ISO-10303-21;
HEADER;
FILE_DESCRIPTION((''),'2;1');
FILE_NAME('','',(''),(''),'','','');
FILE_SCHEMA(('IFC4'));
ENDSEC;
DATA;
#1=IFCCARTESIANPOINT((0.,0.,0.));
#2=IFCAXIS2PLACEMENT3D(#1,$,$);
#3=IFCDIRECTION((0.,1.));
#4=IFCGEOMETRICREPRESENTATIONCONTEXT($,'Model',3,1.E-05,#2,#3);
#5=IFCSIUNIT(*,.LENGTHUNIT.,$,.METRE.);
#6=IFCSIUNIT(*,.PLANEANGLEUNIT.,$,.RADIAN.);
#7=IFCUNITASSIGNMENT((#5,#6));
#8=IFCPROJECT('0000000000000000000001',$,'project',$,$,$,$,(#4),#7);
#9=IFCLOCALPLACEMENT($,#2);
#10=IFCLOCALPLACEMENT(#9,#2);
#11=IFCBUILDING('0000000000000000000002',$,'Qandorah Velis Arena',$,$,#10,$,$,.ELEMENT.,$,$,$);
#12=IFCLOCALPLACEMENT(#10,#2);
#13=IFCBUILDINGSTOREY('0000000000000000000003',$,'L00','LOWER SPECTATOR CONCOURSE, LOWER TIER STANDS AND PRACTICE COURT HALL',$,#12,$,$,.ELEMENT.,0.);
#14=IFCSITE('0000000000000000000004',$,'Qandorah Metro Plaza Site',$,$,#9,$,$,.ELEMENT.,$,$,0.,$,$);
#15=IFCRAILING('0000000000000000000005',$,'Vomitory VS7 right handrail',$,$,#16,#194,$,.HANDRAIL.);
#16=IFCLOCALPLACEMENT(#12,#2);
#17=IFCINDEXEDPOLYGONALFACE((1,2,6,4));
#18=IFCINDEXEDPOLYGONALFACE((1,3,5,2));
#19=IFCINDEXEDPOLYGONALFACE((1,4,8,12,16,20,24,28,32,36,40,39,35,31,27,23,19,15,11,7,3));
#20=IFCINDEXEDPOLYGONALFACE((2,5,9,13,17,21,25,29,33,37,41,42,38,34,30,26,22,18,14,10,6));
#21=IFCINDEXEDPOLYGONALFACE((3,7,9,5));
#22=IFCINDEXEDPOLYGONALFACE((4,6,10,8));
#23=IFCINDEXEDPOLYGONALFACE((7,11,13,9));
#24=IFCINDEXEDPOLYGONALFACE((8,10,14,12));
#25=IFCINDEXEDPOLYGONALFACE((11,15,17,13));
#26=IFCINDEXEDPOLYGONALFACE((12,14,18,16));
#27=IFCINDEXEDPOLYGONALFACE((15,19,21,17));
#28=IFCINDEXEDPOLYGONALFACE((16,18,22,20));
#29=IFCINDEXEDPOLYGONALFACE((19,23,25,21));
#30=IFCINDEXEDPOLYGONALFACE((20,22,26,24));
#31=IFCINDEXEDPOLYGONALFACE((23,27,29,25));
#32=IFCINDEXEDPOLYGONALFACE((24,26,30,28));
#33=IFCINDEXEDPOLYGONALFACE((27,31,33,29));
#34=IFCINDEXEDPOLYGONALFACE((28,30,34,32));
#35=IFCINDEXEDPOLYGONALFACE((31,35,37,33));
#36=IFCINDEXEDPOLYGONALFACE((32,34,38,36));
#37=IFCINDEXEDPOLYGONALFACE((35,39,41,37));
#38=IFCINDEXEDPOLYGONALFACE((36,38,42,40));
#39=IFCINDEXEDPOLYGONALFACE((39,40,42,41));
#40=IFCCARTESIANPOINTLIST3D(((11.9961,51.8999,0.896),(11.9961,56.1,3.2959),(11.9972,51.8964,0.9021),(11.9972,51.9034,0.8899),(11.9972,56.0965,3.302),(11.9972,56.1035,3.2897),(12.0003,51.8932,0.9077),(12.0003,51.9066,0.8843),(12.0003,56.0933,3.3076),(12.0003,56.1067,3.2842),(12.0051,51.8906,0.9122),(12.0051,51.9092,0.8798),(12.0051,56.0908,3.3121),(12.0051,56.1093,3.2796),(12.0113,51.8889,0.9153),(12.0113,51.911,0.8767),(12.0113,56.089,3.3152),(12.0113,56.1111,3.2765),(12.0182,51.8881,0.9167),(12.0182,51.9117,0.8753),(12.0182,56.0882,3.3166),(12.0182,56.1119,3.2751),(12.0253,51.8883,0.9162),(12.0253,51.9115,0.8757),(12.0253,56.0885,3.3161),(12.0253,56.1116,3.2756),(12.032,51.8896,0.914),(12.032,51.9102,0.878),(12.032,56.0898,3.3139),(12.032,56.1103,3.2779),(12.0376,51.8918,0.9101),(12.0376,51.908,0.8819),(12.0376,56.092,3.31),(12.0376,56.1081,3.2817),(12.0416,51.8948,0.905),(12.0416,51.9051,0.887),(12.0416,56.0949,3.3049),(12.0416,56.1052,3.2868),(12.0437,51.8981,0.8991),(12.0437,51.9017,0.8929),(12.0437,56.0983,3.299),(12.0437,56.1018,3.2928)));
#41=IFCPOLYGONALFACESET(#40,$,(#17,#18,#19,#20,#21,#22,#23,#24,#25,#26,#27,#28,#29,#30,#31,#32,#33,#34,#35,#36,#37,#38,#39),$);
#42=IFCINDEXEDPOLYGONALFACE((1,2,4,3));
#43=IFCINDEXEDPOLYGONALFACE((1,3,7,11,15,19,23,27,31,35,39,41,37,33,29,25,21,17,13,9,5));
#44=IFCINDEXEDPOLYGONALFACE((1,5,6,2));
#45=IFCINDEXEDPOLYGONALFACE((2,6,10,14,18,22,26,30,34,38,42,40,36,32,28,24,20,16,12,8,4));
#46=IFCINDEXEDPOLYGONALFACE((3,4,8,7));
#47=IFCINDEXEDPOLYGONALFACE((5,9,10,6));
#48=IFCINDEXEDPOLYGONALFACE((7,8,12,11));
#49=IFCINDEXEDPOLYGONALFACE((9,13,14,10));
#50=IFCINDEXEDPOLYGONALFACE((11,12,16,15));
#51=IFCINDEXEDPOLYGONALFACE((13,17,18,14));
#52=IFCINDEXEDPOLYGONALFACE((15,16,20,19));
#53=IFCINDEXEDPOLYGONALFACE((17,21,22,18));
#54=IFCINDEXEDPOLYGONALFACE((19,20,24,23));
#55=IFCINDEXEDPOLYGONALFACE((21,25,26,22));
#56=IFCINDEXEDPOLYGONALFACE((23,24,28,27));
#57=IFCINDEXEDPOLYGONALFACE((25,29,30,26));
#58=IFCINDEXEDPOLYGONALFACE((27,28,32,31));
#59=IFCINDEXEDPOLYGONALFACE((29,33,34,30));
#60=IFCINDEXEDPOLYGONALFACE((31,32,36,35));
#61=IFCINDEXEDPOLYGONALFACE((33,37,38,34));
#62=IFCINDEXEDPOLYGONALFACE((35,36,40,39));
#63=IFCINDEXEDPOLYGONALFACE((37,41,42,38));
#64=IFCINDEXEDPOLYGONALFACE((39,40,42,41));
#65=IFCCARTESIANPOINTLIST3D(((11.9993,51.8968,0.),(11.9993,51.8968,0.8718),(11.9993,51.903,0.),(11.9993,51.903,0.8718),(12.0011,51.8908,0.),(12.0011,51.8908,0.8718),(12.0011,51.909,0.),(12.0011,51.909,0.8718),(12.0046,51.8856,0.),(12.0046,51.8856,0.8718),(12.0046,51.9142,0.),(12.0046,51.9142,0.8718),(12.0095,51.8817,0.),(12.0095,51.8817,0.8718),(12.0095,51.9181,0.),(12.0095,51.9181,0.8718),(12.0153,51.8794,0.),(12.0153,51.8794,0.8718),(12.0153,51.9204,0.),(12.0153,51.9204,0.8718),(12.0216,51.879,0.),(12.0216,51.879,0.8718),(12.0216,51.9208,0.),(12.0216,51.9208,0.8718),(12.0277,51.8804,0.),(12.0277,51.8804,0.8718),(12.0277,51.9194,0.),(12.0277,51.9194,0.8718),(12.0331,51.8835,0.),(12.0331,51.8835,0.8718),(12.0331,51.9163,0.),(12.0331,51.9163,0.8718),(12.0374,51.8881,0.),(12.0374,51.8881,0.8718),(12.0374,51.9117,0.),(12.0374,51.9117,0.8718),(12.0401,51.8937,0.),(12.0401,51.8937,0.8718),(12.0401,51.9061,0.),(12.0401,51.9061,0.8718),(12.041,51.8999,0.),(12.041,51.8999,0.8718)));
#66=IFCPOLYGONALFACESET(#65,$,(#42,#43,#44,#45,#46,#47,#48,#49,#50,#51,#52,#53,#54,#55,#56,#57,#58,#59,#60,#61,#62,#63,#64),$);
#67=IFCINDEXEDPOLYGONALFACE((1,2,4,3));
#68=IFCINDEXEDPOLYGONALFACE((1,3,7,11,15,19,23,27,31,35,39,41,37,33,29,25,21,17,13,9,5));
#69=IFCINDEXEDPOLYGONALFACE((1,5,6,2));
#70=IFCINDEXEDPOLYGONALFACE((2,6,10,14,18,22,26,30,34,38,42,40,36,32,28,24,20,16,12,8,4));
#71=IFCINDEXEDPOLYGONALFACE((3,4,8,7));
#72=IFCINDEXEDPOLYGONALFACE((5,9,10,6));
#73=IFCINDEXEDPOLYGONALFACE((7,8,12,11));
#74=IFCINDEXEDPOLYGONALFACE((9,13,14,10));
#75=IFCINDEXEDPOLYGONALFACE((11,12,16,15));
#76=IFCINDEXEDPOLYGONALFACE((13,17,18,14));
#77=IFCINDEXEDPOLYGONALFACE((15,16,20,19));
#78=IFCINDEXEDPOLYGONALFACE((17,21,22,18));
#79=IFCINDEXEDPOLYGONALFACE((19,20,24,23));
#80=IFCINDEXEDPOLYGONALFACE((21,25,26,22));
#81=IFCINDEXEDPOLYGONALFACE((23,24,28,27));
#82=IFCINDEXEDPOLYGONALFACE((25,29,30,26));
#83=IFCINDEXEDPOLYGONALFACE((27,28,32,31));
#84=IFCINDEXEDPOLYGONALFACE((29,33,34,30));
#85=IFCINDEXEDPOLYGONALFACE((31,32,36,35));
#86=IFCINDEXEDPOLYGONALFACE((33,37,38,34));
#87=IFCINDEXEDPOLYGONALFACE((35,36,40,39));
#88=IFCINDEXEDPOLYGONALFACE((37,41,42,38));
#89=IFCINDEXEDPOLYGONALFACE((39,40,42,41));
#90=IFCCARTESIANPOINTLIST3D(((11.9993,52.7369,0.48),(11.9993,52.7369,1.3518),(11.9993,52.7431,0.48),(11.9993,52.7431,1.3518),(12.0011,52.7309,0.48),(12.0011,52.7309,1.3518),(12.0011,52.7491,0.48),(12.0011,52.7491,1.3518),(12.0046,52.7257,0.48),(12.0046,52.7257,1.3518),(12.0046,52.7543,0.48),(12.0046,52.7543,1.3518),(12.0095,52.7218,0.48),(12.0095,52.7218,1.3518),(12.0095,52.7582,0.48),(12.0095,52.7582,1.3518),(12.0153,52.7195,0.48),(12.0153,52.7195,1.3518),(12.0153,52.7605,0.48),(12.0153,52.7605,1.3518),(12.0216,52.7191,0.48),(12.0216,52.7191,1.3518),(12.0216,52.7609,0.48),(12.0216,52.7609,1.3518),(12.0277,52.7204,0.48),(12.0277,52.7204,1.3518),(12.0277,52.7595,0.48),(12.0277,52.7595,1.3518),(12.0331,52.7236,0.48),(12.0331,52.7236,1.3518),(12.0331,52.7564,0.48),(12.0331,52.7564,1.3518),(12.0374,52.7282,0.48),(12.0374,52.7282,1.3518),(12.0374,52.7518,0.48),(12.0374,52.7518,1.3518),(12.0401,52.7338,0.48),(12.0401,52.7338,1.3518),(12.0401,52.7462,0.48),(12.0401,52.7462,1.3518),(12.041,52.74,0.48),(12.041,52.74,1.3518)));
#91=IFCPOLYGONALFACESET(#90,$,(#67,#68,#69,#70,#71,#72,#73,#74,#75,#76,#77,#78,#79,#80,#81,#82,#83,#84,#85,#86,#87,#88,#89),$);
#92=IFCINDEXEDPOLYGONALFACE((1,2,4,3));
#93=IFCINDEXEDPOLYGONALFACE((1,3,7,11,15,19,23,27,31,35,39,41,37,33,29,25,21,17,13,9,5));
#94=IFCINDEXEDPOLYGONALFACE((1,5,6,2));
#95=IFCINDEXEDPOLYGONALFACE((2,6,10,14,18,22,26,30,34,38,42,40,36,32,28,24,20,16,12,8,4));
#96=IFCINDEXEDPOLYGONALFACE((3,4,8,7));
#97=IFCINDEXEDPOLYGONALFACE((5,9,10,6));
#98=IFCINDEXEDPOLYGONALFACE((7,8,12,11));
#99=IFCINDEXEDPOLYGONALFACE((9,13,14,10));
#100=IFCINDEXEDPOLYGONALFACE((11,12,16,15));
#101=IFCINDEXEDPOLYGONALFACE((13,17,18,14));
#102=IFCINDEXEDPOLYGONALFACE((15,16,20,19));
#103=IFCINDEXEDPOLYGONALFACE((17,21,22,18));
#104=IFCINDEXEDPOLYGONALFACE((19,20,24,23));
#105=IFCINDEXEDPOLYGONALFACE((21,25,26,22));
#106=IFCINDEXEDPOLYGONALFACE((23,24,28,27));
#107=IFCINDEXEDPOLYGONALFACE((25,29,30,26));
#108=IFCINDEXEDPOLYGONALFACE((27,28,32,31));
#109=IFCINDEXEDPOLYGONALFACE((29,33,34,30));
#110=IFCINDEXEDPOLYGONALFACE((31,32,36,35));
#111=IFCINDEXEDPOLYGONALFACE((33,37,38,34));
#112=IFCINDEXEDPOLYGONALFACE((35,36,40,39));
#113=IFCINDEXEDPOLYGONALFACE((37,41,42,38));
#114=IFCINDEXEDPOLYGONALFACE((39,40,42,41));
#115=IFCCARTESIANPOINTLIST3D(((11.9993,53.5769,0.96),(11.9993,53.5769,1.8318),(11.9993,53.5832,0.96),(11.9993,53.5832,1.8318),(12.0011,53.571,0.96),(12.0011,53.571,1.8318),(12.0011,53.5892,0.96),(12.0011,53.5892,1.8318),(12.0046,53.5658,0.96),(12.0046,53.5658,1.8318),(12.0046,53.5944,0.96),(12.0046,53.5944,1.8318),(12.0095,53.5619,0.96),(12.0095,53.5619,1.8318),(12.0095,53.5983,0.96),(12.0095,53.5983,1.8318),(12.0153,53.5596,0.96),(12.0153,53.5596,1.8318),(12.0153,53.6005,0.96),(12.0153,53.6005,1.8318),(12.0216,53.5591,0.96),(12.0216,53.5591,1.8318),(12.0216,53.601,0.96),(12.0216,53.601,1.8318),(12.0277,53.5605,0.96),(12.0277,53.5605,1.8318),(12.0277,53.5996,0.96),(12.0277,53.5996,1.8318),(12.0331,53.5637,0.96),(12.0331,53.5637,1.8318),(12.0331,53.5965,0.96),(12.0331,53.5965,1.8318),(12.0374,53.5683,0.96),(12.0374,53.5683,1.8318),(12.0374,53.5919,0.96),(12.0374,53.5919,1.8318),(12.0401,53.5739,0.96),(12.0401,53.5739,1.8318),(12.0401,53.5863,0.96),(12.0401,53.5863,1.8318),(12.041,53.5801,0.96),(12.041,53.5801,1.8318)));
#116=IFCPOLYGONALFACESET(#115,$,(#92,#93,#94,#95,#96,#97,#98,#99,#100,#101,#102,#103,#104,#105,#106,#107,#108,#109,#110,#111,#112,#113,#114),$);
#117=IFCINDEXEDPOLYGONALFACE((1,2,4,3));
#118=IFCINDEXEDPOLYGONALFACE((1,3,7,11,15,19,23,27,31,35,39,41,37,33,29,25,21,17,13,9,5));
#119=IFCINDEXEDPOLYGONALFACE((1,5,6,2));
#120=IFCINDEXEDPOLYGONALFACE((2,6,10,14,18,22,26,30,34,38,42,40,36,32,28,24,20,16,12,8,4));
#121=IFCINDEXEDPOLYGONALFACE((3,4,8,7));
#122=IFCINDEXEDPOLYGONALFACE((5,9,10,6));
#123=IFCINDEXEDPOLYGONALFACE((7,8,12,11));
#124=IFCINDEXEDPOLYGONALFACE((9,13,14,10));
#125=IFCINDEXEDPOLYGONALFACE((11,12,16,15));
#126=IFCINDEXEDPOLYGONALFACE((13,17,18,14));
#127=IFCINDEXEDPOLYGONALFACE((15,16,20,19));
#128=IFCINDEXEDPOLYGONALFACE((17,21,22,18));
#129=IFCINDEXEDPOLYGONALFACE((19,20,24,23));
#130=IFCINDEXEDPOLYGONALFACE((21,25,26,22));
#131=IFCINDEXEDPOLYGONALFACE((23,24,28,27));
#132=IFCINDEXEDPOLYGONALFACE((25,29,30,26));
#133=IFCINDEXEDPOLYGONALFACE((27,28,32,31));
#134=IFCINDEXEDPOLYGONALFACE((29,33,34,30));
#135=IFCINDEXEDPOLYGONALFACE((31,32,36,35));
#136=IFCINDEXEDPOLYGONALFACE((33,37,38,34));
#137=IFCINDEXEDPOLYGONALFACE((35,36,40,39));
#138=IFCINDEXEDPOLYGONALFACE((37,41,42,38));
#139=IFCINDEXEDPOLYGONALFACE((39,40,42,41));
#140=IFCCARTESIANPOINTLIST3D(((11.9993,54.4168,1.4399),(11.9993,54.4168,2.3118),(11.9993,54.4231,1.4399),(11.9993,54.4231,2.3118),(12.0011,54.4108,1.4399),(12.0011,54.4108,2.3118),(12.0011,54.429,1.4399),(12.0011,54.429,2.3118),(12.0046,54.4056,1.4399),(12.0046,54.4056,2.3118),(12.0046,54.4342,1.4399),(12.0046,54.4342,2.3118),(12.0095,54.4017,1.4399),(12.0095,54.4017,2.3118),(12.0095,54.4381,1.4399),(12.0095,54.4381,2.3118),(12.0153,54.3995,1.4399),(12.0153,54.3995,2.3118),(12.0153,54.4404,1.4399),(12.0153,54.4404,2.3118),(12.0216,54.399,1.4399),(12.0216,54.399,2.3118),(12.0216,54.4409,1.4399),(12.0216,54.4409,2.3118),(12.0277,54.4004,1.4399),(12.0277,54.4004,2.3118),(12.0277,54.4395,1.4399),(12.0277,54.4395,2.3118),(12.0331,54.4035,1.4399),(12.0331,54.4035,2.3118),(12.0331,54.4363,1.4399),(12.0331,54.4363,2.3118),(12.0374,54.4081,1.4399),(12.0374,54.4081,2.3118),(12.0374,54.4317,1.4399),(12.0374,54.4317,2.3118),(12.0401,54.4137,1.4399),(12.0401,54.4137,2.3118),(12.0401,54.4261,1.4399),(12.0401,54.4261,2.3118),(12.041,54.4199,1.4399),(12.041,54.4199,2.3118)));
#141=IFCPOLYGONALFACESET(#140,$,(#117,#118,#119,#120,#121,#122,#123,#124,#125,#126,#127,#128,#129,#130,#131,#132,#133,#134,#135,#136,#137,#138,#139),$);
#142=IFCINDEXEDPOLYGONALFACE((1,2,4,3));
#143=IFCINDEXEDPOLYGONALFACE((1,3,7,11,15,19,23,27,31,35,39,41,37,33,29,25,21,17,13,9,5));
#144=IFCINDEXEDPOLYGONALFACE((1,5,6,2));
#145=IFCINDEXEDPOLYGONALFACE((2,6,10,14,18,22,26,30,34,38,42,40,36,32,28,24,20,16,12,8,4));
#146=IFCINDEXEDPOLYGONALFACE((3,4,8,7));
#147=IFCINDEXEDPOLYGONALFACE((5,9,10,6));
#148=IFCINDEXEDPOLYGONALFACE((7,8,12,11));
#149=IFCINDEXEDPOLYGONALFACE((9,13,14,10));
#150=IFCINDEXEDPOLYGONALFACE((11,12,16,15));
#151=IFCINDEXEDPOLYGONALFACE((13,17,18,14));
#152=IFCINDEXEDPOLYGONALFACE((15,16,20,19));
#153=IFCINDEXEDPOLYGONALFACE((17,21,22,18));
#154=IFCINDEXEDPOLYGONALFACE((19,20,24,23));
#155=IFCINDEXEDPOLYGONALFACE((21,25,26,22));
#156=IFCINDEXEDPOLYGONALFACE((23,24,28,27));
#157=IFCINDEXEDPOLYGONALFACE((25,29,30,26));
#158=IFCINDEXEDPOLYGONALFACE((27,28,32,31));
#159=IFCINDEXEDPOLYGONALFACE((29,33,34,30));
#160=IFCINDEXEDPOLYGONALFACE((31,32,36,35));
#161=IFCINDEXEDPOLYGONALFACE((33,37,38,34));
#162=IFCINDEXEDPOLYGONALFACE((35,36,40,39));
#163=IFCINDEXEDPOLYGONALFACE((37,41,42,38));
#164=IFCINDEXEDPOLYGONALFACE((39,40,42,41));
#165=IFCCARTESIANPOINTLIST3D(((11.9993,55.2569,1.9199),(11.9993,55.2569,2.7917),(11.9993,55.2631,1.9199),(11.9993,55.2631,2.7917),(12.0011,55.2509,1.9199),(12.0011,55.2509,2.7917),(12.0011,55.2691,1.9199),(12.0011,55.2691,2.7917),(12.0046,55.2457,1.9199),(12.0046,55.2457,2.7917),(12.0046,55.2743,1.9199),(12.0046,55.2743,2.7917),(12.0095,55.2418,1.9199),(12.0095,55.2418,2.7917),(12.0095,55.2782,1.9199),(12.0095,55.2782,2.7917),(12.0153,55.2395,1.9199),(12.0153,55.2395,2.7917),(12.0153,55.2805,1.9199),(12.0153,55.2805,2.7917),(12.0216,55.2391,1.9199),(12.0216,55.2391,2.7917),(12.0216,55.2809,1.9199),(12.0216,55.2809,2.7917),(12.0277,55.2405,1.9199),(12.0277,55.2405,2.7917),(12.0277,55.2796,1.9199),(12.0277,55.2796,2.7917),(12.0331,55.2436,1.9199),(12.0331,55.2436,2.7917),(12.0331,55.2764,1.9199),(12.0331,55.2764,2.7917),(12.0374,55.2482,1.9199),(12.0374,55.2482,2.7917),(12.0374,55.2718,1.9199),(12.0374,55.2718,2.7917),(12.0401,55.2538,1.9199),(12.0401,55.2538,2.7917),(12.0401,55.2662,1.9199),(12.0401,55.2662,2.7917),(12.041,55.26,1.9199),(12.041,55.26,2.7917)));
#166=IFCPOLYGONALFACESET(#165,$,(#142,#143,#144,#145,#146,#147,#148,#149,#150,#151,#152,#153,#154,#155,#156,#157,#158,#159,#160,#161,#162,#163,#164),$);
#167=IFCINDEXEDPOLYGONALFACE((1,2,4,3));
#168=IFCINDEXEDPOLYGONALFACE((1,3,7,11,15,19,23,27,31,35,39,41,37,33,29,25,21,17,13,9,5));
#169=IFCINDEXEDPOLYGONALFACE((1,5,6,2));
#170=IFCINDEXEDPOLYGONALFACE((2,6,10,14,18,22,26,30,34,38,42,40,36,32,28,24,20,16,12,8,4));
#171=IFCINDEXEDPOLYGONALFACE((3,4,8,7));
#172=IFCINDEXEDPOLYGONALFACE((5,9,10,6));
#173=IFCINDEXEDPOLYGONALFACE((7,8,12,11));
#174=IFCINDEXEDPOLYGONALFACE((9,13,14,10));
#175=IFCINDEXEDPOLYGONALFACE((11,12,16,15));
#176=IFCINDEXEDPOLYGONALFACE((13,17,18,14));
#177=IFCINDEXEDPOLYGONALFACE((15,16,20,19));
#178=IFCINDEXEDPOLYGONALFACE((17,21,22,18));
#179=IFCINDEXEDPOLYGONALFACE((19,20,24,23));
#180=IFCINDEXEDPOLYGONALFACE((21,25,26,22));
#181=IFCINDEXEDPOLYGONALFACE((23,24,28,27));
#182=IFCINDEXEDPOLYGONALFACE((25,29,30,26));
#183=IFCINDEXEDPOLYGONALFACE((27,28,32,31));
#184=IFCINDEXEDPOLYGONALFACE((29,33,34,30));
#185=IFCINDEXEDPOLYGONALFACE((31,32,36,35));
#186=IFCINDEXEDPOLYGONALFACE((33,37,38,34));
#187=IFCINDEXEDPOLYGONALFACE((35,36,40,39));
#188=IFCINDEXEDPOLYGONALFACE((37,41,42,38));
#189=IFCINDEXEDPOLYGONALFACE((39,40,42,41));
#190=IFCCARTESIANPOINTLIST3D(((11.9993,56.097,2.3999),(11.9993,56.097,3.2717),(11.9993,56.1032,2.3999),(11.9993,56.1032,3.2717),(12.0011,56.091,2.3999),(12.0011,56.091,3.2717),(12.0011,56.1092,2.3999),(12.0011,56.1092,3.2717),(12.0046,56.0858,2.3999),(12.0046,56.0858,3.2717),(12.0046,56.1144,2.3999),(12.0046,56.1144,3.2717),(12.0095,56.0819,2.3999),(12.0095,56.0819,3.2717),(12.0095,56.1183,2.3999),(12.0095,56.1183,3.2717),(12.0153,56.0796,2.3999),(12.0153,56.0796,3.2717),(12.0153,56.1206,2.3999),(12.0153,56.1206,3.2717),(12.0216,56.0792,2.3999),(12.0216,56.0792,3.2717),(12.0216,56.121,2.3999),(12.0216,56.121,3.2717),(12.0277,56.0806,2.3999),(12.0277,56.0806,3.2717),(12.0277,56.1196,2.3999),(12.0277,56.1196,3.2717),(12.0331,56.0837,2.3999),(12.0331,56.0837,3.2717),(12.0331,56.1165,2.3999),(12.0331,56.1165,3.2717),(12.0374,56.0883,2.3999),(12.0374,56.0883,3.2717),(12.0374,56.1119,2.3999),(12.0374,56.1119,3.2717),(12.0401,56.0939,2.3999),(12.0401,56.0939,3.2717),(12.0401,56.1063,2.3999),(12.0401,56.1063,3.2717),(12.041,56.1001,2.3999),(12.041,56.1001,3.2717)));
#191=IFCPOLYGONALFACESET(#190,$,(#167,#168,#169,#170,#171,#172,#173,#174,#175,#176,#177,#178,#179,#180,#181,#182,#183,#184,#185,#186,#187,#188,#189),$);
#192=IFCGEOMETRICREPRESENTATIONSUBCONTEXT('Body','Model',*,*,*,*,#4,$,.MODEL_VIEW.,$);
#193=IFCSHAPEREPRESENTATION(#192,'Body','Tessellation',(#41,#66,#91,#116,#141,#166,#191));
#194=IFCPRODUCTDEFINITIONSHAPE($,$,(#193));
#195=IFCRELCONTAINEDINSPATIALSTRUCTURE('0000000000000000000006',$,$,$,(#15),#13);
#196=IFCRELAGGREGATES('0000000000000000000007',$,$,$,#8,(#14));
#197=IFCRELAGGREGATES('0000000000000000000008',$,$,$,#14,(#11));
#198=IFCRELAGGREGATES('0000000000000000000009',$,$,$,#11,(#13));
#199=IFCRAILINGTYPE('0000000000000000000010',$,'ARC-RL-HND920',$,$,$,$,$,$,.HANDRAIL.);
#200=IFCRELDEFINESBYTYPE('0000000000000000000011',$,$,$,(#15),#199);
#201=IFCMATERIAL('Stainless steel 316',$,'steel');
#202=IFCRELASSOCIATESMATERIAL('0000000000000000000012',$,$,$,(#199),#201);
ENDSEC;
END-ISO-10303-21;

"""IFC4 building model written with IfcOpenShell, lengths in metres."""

from ifc_helpers import new_model, si_unit, direction, frame, origin, origin_2d, place, context, subcontext, project, spatial, circle, extrude, material, type_object, element, save


model = new_model("IFC4")

# Units and contexts
model_context = context("Model", 3, precision=1e-05, world=origin(), true_north=direction((0.0, 1.0)))
body_context = subcontext(model_context, "Body", "Model", "MODEL_VIEW")
ifc_project = project(units=[si_unit("LENGTHUNIT", "METRE"), si_unit("PLANEANGLEUNIT", "RADIAN")], contexts=[model_context])

# Site, building, storey
site_placement = place(None, origin())
site = spatial("IfcSite", under=ifc_project, at=site_placement, Name="Qandorah Metro Plaza Site", CompositionType="ELEMENT", RefElevation=0.0)
building_placement = place(site_placement, origin())
building = spatial("IfcBuilding", under=site, at=building_placement, Name="Qandorah Velis Arena", CompositionType="ELEMENT")
storey_placement = place(building_placement, origin())
storey = spatial("IfcBuildingStorey", under=building, at=storey_placement, Name="L00", Description="LOWER SPECTATOR CONCOURSE, LOWER TIER STANDS AND PRACTICE COURT HALL", CompositionType="ELEMENT", Elevation=0.0)

# Railing
ifc_material_1 = material(Name="Stainless steel 316", Category="steel")
railing_type_1 = type_object("IfcRailingType", Name="ARC-RL-HND920", PredefinedType="HANDRAIL", material=ifc_material_1)
for number, where, name in (
    (1, (12.02, 51.8999, 0.0), "Vomitory VS7 right handrail"),
):
    element("IfcRailing", number, at=place(storey_placement, frame(where)), inside=storey, type_object=railing_type_1, Name=name, PredefinedType="HANDRAIL", context=body_context, shape_type="SweptSolid", body=[
        extrude(circle(Radius=0.0239, at=origin_2d()), frame((0.0, 0.0, 0.896), z_axis=(0.0, 0.868262, 0.496106), x_axis=(-1.0, 0.0, 0.0)), (0.0, 0.0, 1.0), 4.8374),
        extrude(circle(Radius=0.021, at=origin_2d()), origin(), (0.0, 0.0, 1.0), 0.8718),
        extrude(circle(Radius=0.021, at=origin_2d()), frame((0.0, 0.8401, 0.48)), (0.0, 0.0, 1.0), 0.8718),
        extrude(circle(Radius=0.021, at=origin_2d()), frame((0.0, 1.6802, 0.96)), (0.0, 0.0, 1.0), 0.8718),
        extrude(circle(Radius=0.021, at=origin_2d()), frame((0.0, 2.52, 1.4399)), (0.0, 0.0, 1.0), 0.8718),
        extrude(circle(Radius=0.021, at=origin_2d()), frame((0.0, 3.3601, 1.9199)), (0.0, 0.0, 1.0), 0.8718),
        extrude(circle(Radius=0.021, at=origin_2d()), frame((0.0, 4.2002, 2.3999)), (0.0, 0.0, 1.0), 0.8718),
    ])

save(model, "model.ifc")
